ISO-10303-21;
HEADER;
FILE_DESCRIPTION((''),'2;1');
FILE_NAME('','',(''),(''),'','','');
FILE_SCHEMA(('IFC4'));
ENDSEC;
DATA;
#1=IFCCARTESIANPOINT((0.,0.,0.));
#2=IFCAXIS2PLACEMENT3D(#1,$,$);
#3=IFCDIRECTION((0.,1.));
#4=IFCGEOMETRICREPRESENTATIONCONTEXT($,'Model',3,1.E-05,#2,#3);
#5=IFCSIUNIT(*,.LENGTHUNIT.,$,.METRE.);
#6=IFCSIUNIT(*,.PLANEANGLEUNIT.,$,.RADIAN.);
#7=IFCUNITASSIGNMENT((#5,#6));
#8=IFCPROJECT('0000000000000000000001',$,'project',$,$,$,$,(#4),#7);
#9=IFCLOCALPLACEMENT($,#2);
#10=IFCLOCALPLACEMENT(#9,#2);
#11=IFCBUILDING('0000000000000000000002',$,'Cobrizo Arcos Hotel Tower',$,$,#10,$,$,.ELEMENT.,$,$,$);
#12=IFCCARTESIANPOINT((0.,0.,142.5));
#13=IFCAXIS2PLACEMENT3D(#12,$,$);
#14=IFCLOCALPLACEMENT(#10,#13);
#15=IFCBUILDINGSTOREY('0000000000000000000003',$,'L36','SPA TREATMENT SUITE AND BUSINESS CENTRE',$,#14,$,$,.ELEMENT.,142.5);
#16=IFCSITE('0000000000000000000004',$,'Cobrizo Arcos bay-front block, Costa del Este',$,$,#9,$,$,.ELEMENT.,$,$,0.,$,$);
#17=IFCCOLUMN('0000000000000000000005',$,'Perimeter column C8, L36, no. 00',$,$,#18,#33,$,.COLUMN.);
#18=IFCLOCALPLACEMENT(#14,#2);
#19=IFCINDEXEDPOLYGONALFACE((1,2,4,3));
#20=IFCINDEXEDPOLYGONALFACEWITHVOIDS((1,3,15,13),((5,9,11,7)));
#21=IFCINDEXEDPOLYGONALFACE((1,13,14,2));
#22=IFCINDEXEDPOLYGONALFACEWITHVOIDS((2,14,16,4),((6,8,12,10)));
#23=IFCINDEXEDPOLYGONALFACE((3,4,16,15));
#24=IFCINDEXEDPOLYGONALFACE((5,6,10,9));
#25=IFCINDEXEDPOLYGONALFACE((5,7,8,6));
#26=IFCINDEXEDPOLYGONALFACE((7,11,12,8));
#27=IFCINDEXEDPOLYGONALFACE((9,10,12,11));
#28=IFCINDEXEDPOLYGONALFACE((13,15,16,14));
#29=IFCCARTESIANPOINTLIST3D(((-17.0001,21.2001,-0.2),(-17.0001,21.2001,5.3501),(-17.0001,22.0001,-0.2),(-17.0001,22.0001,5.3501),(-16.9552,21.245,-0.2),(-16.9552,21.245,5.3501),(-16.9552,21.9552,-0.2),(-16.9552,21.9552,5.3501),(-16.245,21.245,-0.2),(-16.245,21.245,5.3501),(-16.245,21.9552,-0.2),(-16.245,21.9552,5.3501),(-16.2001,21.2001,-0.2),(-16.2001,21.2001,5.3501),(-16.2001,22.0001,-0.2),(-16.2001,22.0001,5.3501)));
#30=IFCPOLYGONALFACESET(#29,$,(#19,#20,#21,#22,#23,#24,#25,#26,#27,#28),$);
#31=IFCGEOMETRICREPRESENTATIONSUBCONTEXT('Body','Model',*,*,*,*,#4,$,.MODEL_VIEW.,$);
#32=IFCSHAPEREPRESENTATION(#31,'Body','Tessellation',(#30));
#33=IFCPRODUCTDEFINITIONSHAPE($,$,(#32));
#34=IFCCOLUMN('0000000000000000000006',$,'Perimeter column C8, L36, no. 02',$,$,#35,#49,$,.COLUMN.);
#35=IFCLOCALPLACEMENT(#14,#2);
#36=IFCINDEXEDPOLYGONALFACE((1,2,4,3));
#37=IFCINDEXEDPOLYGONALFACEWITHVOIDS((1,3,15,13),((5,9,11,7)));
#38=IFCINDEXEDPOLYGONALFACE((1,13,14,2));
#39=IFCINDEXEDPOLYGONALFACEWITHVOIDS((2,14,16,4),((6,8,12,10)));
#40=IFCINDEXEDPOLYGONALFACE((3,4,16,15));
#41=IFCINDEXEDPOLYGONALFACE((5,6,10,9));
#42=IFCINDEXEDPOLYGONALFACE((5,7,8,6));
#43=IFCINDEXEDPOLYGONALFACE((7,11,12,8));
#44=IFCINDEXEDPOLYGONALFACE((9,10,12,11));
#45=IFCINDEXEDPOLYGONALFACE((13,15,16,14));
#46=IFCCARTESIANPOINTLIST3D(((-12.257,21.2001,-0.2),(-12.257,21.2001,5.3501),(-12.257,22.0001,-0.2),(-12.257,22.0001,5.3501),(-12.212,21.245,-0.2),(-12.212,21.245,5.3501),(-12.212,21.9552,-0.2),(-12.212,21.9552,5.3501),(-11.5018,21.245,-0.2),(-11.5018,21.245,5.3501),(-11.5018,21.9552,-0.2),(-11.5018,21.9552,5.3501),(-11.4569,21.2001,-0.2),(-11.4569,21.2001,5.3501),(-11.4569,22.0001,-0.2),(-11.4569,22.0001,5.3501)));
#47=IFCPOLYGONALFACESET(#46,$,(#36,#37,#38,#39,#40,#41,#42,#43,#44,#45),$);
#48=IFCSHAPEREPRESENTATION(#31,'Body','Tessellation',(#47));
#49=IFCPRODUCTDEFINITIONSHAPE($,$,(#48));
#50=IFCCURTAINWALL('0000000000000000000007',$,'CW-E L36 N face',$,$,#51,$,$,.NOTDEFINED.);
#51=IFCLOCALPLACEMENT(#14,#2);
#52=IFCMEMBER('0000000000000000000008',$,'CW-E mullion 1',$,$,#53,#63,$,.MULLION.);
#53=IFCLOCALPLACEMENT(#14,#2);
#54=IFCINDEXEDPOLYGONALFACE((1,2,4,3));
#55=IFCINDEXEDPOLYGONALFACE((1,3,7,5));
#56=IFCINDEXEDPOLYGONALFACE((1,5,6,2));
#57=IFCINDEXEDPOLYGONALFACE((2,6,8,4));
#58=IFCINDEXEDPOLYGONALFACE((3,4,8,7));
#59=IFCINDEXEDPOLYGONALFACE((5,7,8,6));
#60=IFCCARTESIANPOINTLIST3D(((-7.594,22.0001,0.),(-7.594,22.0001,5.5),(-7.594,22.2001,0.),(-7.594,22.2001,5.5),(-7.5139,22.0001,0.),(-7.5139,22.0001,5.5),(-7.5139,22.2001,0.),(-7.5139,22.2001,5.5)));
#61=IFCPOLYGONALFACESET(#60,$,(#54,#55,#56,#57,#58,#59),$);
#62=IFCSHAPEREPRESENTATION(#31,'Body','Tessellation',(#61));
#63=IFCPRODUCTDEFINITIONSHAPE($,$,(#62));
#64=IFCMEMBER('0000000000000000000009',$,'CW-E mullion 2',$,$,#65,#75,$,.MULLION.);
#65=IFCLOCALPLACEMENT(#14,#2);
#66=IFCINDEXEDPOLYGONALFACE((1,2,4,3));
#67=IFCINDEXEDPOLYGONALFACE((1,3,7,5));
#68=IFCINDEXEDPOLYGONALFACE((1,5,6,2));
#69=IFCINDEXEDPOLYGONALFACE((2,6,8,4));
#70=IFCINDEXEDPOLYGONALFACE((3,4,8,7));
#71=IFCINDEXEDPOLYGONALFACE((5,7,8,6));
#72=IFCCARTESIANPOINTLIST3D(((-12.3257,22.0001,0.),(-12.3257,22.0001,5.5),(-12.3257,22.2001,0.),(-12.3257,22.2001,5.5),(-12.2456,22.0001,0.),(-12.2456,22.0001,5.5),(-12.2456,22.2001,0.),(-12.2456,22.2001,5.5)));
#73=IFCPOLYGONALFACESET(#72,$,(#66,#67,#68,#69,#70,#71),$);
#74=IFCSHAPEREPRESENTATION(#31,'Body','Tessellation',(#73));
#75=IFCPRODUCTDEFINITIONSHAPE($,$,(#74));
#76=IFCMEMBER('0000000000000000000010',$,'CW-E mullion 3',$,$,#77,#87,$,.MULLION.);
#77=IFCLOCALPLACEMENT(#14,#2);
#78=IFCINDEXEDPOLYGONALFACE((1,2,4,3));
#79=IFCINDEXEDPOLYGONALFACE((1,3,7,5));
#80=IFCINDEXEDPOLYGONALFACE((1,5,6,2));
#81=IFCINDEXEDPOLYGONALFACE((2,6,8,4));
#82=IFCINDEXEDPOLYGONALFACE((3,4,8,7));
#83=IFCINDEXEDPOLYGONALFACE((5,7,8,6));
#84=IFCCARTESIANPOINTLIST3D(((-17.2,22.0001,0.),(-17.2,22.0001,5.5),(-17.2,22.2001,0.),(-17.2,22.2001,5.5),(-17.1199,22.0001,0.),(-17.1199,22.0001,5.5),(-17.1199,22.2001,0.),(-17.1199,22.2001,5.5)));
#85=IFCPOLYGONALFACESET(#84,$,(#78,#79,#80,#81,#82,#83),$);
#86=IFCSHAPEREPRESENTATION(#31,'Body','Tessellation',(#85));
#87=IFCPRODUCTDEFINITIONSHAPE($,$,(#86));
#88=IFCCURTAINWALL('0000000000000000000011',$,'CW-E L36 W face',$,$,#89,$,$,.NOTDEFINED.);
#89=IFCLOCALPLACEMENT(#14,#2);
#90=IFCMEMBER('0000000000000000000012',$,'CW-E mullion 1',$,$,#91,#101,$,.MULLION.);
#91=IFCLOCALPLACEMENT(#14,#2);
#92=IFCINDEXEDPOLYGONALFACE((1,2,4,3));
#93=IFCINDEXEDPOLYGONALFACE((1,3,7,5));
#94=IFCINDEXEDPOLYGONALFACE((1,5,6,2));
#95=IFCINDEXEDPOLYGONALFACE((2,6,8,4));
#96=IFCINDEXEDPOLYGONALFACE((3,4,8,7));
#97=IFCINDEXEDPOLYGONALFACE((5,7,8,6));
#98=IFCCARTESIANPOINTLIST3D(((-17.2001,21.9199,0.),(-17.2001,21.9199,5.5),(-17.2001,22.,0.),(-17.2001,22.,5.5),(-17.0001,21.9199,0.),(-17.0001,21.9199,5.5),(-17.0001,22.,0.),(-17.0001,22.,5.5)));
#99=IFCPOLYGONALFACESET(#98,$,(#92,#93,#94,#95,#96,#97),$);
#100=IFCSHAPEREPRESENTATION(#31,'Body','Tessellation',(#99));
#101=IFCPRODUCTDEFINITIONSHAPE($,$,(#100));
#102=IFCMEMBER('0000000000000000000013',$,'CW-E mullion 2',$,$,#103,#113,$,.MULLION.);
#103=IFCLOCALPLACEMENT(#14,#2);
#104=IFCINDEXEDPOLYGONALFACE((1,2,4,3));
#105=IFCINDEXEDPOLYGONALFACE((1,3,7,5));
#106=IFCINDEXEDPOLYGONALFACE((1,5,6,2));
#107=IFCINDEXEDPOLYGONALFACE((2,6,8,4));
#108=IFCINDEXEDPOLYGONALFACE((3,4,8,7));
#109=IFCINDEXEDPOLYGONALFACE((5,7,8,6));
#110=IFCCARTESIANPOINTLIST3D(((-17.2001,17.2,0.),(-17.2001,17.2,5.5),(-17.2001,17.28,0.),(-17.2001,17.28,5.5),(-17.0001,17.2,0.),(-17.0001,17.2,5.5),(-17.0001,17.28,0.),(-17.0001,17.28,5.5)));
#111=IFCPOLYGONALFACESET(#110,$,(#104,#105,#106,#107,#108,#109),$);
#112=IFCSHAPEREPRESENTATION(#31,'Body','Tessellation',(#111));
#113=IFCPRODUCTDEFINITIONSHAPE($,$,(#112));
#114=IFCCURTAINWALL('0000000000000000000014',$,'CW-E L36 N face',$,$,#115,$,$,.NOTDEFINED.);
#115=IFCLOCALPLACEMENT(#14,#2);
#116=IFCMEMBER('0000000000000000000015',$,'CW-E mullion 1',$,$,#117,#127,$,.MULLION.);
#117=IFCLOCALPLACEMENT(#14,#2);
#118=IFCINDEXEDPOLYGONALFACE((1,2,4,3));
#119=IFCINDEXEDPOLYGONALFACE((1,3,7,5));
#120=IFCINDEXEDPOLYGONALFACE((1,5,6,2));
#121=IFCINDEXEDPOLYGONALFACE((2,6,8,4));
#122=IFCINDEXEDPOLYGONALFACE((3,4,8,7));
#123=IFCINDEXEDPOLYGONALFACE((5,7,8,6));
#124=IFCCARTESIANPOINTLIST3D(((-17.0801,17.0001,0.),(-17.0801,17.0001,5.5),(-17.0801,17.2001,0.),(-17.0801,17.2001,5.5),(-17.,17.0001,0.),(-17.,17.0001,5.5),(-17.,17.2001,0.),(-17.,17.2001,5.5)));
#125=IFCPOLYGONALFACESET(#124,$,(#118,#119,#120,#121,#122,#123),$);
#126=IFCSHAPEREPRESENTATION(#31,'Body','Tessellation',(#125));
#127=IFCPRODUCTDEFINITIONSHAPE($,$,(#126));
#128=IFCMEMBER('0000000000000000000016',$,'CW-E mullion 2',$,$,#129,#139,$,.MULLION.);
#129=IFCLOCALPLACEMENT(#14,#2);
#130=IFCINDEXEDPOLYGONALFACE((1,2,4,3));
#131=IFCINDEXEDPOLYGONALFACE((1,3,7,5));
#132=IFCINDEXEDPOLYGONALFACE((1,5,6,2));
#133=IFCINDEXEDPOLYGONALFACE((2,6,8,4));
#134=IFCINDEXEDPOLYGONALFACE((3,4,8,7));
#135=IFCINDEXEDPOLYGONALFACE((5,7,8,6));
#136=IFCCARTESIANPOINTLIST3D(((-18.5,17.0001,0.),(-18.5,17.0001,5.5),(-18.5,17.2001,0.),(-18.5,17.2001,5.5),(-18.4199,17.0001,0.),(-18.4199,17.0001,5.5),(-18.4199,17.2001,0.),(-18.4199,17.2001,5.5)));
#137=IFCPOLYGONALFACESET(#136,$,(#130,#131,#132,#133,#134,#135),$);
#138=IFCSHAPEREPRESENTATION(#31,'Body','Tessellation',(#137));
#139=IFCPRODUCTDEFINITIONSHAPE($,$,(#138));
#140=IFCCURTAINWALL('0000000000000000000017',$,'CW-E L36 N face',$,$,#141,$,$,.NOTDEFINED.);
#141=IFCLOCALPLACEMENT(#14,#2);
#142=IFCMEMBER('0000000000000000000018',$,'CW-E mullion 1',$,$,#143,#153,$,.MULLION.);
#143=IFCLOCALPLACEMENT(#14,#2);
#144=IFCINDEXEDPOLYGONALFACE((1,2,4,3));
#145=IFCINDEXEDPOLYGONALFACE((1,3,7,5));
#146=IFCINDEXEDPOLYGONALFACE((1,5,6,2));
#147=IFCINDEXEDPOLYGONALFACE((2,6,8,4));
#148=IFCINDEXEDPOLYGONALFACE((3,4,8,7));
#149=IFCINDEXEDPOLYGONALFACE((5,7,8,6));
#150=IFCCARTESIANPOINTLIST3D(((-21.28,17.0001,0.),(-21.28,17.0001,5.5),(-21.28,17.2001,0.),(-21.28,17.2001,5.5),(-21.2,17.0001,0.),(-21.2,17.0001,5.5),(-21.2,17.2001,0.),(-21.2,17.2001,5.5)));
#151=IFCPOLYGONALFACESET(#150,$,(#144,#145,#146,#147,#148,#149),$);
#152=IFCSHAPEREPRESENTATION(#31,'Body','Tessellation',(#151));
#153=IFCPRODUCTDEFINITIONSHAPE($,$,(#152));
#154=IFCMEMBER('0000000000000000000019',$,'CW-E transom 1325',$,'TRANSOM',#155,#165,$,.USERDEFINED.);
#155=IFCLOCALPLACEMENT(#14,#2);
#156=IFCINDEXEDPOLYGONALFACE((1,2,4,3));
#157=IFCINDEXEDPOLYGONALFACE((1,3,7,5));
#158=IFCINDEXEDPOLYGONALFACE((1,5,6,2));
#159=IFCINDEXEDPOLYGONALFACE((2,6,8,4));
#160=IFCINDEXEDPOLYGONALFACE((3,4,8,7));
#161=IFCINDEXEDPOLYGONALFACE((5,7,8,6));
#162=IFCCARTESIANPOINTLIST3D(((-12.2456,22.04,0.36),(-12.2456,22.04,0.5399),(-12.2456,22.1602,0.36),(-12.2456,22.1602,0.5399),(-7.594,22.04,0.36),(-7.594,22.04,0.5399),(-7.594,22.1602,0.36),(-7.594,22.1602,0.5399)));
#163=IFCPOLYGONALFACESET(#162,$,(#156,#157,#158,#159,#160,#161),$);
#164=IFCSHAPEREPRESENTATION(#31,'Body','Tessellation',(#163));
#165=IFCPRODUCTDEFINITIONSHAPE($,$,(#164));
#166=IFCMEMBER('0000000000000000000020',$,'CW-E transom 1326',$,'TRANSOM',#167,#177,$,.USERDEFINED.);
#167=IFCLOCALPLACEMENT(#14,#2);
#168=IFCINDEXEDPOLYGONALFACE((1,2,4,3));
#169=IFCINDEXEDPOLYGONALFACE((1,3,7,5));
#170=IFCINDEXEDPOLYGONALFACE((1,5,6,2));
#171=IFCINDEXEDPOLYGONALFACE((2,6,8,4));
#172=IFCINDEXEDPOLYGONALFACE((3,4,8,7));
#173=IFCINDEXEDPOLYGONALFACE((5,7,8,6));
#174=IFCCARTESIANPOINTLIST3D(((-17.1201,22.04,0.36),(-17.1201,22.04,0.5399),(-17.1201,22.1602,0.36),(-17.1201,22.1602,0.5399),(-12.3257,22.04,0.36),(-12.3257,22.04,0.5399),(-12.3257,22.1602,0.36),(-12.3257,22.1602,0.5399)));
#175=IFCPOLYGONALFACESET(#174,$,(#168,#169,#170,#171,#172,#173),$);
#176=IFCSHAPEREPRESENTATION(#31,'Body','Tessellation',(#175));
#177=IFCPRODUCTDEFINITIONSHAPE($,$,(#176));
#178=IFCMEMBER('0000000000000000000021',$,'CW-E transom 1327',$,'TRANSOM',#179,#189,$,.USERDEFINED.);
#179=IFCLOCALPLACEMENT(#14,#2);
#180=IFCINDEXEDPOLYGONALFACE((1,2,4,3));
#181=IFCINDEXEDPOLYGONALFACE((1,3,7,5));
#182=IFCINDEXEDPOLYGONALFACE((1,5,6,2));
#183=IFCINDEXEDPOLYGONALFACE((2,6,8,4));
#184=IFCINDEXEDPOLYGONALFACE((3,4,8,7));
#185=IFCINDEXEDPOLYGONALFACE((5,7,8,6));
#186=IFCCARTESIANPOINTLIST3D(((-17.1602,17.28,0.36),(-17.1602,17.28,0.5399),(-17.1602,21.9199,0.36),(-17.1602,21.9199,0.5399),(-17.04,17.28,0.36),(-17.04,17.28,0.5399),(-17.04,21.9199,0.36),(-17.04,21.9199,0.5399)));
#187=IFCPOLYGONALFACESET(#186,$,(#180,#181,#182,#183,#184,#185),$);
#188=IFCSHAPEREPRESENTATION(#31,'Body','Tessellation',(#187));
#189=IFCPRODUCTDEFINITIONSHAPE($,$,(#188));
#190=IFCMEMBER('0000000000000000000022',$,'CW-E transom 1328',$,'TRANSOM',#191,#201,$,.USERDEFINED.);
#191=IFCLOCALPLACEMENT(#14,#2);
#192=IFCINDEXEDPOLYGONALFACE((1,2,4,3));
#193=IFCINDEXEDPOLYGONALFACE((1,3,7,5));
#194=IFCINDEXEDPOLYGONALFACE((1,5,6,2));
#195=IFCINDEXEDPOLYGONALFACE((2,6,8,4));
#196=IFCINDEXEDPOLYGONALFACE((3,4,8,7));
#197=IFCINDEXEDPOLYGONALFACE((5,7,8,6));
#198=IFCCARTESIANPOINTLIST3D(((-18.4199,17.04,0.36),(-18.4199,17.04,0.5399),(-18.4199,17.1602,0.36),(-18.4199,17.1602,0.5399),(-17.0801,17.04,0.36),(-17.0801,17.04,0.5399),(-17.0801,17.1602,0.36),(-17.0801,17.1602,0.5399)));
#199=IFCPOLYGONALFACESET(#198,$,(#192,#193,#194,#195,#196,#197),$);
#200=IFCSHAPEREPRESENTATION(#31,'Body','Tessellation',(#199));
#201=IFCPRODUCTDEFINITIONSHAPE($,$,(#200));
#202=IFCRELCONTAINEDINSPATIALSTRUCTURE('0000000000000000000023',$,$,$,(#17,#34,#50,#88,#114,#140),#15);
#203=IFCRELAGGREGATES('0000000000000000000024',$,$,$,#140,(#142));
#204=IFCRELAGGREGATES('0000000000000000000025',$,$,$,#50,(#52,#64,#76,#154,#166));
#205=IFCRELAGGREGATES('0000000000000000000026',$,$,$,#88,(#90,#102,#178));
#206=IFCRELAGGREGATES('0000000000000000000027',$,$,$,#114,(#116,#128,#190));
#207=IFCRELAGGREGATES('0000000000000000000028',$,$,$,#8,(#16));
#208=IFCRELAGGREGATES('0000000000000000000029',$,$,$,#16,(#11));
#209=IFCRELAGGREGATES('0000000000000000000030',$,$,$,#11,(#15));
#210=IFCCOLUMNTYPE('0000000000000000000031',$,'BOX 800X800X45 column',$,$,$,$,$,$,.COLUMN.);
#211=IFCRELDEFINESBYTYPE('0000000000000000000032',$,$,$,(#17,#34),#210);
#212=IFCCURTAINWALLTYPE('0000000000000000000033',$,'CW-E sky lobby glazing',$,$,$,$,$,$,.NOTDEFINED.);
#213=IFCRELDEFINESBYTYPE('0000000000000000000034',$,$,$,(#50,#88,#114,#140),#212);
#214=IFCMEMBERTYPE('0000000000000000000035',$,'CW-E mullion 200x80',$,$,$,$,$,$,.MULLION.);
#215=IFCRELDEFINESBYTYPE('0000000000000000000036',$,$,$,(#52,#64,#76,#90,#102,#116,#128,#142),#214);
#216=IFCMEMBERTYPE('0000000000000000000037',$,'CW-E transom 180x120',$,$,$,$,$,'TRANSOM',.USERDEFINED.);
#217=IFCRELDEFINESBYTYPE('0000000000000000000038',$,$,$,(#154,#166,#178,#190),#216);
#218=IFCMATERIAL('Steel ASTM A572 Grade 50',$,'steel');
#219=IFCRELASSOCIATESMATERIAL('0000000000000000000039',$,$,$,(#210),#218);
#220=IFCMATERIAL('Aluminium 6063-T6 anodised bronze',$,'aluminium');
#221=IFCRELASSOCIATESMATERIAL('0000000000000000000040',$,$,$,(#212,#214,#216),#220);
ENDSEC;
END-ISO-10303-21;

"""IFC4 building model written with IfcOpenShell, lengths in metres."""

from ifc_helpers import new_model, si_unit, direction, frame, origin, origin_2d, place, context, subcontext, project, spatial, rectangle, hollow_rectangle, extrude, material, material_profile, profile_set, type_object, element, aggregate, save


model = new_model("IFC4")

# Units and contexts
model_context = context("Model", 3, precision=1e-05, world=origin(), true_north=direction((0.0, 1.0)))
body_context = subcontext(model_context, "Body", "Model", "MODEL_VIEW")
ifc_project = project(units=[si_unit("LENGTHUNIT", "METRE"), si_unit("PLANEANGLEUNIT", "RADIAN")], contexts=[model_context])

# Site, building, storey
site_placement = place(None, origin())
site = spatial("IfcSite", under=ifc_project, at=site_placement, Name="Cobrizo Arcos bay-front block, Costa del Este", CompositionType="ELEMENT", RefElevation=0.0)
building_placement = place(site_placement, origin())
building = spatial("IfcBuilding", under=site, at=building_placement, Name="Cobrizo Arcos Hotel Tower", CompositionType="ELEMENT")
storey_placement = place(building_placement, frame((0.0, 0.0, 142.5)))
storey = spatial("IfcBuildingStorey", under=building, at=storey_placement, Name="L36", Description="SPA TREATMENT SUITE AND BUSINESS CENTRE", CompositionType="ELEMENT", Elevation=142.5)

# Columns
ifc_material_1 = material(Name="Steel ASTM A572 Grade 50", Category="steel")
ifc_material_profile_1 = material_profile(ifc_material_1, hollow_rectangle(XDim=0.8, YDim=0.8, WallThickness=0.0449, at=origin_2d()), Name="BOX 800X800X45")
ifc_profile_set_1 = profile_set([ifc_material_profile_1], Name="Steel ASTM A572 Grade 50")
column_type = type_object("IfcColumnType", Name="BOX 800X800X45 column", PredefinedType="COLUMN", material=ifc_profile_set_1)
for number, where, z_axis, x_axis, name in (
    (1, (-16.6001, 21.6001, -0.2), (0.0, 0.0, 1.0), (1.0, 0.0, 0.0), "Perimeter column C8, L36, no. 00"),
    (2, (-11.8569, 21.6001, -0.2), (0.0, 0.0, 1.0), (1.0, 0.0, 0.0), "Perimeter column C8, L36, no. 02"),
):
    element("IfcColumn", number, at=place(storey_placement, frame(where, z_axis=z_axis, x_axis=x_axis)), inside=storey, type_object=column_type, Name=name, PredefinedType="COLUMN", context=body_context, shape_type="SweptSolid", body=[
        extrude(hollow_rectangle(XDim=0.8, YDim=0.8, WallThickness=0.0449, at=origin_2d()), origin(), (0.0, 0.0, 1.0), 5.55),
    ])

# Curtain walls, members
ifc_material_2 = material(Name="Aluminium 6063-T6 anodised bronze", Category="aluminium")
curtain_wall_type = type_object("IfcCurtainWallType", Name="CW-E sky lobby glazing", PredefinedType="NOTDEFINED", material=ifc_material_2)
curtain_wall_1_placement = place(storey_placement, origin())
curtain_wall_1 = element("IfcCurtainWall", 3, at=curtain_wall_1_placement, inside=storey, type_object=curtain_wall_type, Name="CW-E L36 N face", PredefinedType="NOTDEFINED")
ifc_material_profile_2 = material_profile(ifc_material_2, rectangle(XDim=0.2, YDim=0.0801, at=origin_2d()), Name="CW-E mullion 200x80")
ifc_profile_set_2 = profile_set([ifc_material_profile_2], Name="Aluminium 6063-T6 anodised bronze")
member_type_1 = type_object("IfcMemberType", Name="CW-E mullion 200x80", PredefinedType="MULLION", material=ifc_profile_set_2)
member_1_placement = place(storey_placement, frame((-7.554, 22.1001, 0.0), z_axis=(0.0, 0.0, 1.0), x_axis=(0.0, 1.0, 0.0)))
member_1 = element("IfcMember", 4, at=member_1_placement, type_object=member_type_1, Name="CW-E mullion 1", PredefinedType="MULLION", context=body_context, shape_type="SweptSolid", body=[
    extrude(rectangle(XDim=0.2, YDim=0.0801, at=origin_2d()), origin(), (0.0, 0.0, 1.0), 5.5),
])
member_2_placement = place(storey_placement, frame((-12.2856, 22.1001, 0.0), z_axis=(0.0, 0.0, 1.0), x_axis=(0.0, 1.0, 0.0)))
member_2 = element("IfcMember", 5, at=member_2_placement, type_object=member_type_1, Name="CW-E mullion 2", PredefinedType="MULLION", context=body_context, shape_type="SweptSolid", body=[
    extrude(rectangle(XDim=0.2, YDim=0.0801, at=origin_2d()), origin(), (0.0, 0.0, 1.0), 5.5),
])
member_3_placement = place(storey_placement, frame((-17.1599, 22.1001, 0.0), z_axis=(0.0, 0.0, 1.0), x_axis=(0.0, 1.0, 0.0)))
member_3 = element("IfcMember", 6, at=member_3_placement, type_object=member_type_1, Name="CW-E mullion 3", PredefinedType="MULLION", context=body_context, shape_type="SweptSolid", body=[
    extrude(rectangle(XDim=0.2, YDim=0.0801, at=origin_2d()), origin(), (0.0, 0.0, 1.0), 5.5),
])
curtain_wall_2_placement = place(storey_placement, origin())
curtain_wall_2 = element("IfcCurtainWall", 7, at=curtain_wall_2_placement, inside=storey, type_object=curtain_wall_type, Name="CW-E L36 W face", PredefinedType="NOTDEFINED")
member_4_placement = place(storey_placement, frame((-17.1001, 21.96, 0.0), z_axis=(0.0, 0.0, 1.0), x_axis=(-1.0, 0.0, 0.0)))
member_4 = element("IfcMember", 8, at=member_4_placement, type_object=member_type_1, Name="CW-E mullion 1", PredefinedType="MULLION", context=body_context, shape_type="SweptSolid", body=[
    extrude(rectangle(XDim=0.2, YDim=0.0801, at=origin_2d()), origin(), (0.0, 0.0, 1.0), 5.5),
])
member_5_placement = place(storey_placement, frame((-17.1001, 17.24, 0.0), z_axis=(0.0, 0.0, 1.0), x_axis=(-1.0, 0.0, 0.0)))
member_5 = element("IfcMember", 9, at=member_5_placement, type_object=member_type_1, Name="CW-E mullion 2", PredefinedType="MULLION", context=body_context, shape_type="SweptSolid", body=[
    extrude(rectangle(XDim=0.2, YDim=0.0801, at=origin_2d()), origin(), (0.0, 0.0, 1.0), 5.5),
])
curtain_wall_3_placement = place(storey_placement, origin())
curtain_wall_3 = element("IfcCurtainWall", 10, at=curtain_wall_3_placement, inside=storey, type_object=curtain_wall_type, Name="CW-E L36 N face", PredefinedType="NOTDEFINED")
member_6_placement = place(storey_placement, frame((-17.04, 17.1001, 0.0), z_axis=(0.0, 0.0, 1.0), x_axis=(0.0, 1.0, 0.0)))
member_6 = element("IfcMember", 11, at=member_6_placement, type_object=member_type_1, Name="CW-E mullion 1", PredefinedType="MULLION", context=body_context, shape_type="SweptSolid", body=[
    extrude(rectangle(XDim=0.2, YDim=0.0801, at=origin_2d()), origin(), (0.0, 0.0, 1.0), 5.5),
])
member_7_placement = place(storey_placement, frame((-18.46, 17.1001, 0.0), z_axis=(0.0, 0.0, 1.0), x_axis=(0.0, 1.0, 0.0)))
member_7 = element("IfcMember", 12, at=member_7_placement, type_object=member_type_1, Name="CW-E mullion 2", PredefinedType="MULLION", context=body_context, shape_type="SweptSolid", body=[
    extrude(rectangle(XDim=0.2, YDim=0.0801, at=origin_2d()), origin(), (0.0, 0.0, 1.0), 5.5),
])

# Curtain wall, member
curtain_wall_4_placement = place(storey_placement, origin())
curtain_wall_4 = element("IfcCurtainWall", 13, at=curtain_wall_4_placement, inside=storey, type_object=curtain_wall_type, Name="CW-E L36 N face", PredefinedType="NOTDEFINED")
member_8_placement = place(storey_placement, frame((-21.24, 17.1001, 0.0), z_axis=(0.0, 0.0, 1.0), x_axis=(0.0, 1.0, 0.0)))
member_8 = element("IfcMember", 14, at=member_8_placement, type_object=member_type_1, Name="CW-E mullion 1", PredefinedType="MULLION", context=body_context, shape_type="SweptSolid", body=[
    extrude(rectangle(XDim=0.2, YDim=0.0801, at=origin_2d()), origin(), (0.0, 0.0, 1.0), 5.5),
])

# Members
ifc_material_profile_3 = material_profile(ifc_material_2, rectangle(XDim=0.1201, YDim=0.1799, at=origin_2d()), Name="CW-E transom 180x120")
ifc_profile_set_3 = profile_set([ifc_material_profile_3], Name="Aluminium 6063-T6 anodised bronze")
member_type_2 = type_object("IfcMemberType", Name="CW-E transom 180x120", ElementType="TRANSOM", PredefinedType="USERDEFINED", material=ifc_profile_set_3)
member_9_placement = place(storey_placement, frame((-7.594, 22.1001, 0.45), z_axis=(-1.0, 0.0, 0.0), x_axis=(0.0, -1.0, 0.0)))
member_9 = element("IfcMember", 15, at=member_9_placement, type_object=member_type_2, Name="CW-E transom 1325", ObjectType="TRANSOM", PredefinedType="USERDEFINED", context=body_context, shape_type="SweptSolid", body=[
    extrude(rectangle(XDim=0.1201, YDim=0.1799, at=origin_2d()), origin(), (0.0, 0.0, 1.0), 4.6516),
])
member_10_placement = place(storey_placement, frame((-12.3257, 22.1001, 0.45), z_axis=(-1.0, 0.0, 0.0), x_axis=(0.0, -1.0, 0.0)))
member_10 = element("IfcMember", 16, at=member_10_placement, type_object=member_type_2, Name="CW-E transom 1326", ObjectType="TRANSOM", PredefinedType="USERDEFINED", context=body_context, shape_type="SweptSolid", body=[
    extrude(rectangle(XDim=0.1201, YDim=0.1799, at=origin_2d()), origin(), (0.0, 0.0, 1.0), 4.7944),
])
member_11_placement = place(storey_placement, frame((-17.1001, 21.9199, 0.45), z_axis=(0.0, -1.0, 0.0), x_axis=(1.0, 0.0, 0.0)))
member_11 = element("IfcMember", 17, at=member_11_placement, type_object=member_type_2, Name="CW-E transom 1327", ObjectType="TRANSOM", PredefinedType="USERDEFINED", context=body_context, shape_type="SweptSolid", body=[
    extrude(rectangle(XDim=0.1201, YDim=0.1799, at=origin_2d()), origin(), (0.0, 0.0, 1.0), 4.6399),
])
member_12_placement = place(storey_placement, frame((-17.0801, 17.1001, 0.45), z_axis=(-1.0, 0.0, 0.0), x_axis=(0.0, -1.0, 0.0)))
member_12 = element("IfcMember", 18, at=member_12_placement, type_object=member_type_2, Name="CW-E transom 1328", ObjectType="TRANSOM", PredefinedType="USERDEFINED", context=body_context, shape_type="SweptSolid", body=[
    extrude(rectangle(XDim=0.1201, YDim=0.1799, at=origin_2d()), origin(), (0.0, 0.0, 1.0), 1.3398),
])
aggregate(curtain_wall_4, [member_8])

aggregate(curtain_wall_1, [member_1, member_2, member_3, member_9, member_10])
aggregate(curtain_wall_2, [member_4, member_5, member_11])
aggregate(curtain_wall_3, [member_6, member_7, member_12])

save(model, "model.ifc")
